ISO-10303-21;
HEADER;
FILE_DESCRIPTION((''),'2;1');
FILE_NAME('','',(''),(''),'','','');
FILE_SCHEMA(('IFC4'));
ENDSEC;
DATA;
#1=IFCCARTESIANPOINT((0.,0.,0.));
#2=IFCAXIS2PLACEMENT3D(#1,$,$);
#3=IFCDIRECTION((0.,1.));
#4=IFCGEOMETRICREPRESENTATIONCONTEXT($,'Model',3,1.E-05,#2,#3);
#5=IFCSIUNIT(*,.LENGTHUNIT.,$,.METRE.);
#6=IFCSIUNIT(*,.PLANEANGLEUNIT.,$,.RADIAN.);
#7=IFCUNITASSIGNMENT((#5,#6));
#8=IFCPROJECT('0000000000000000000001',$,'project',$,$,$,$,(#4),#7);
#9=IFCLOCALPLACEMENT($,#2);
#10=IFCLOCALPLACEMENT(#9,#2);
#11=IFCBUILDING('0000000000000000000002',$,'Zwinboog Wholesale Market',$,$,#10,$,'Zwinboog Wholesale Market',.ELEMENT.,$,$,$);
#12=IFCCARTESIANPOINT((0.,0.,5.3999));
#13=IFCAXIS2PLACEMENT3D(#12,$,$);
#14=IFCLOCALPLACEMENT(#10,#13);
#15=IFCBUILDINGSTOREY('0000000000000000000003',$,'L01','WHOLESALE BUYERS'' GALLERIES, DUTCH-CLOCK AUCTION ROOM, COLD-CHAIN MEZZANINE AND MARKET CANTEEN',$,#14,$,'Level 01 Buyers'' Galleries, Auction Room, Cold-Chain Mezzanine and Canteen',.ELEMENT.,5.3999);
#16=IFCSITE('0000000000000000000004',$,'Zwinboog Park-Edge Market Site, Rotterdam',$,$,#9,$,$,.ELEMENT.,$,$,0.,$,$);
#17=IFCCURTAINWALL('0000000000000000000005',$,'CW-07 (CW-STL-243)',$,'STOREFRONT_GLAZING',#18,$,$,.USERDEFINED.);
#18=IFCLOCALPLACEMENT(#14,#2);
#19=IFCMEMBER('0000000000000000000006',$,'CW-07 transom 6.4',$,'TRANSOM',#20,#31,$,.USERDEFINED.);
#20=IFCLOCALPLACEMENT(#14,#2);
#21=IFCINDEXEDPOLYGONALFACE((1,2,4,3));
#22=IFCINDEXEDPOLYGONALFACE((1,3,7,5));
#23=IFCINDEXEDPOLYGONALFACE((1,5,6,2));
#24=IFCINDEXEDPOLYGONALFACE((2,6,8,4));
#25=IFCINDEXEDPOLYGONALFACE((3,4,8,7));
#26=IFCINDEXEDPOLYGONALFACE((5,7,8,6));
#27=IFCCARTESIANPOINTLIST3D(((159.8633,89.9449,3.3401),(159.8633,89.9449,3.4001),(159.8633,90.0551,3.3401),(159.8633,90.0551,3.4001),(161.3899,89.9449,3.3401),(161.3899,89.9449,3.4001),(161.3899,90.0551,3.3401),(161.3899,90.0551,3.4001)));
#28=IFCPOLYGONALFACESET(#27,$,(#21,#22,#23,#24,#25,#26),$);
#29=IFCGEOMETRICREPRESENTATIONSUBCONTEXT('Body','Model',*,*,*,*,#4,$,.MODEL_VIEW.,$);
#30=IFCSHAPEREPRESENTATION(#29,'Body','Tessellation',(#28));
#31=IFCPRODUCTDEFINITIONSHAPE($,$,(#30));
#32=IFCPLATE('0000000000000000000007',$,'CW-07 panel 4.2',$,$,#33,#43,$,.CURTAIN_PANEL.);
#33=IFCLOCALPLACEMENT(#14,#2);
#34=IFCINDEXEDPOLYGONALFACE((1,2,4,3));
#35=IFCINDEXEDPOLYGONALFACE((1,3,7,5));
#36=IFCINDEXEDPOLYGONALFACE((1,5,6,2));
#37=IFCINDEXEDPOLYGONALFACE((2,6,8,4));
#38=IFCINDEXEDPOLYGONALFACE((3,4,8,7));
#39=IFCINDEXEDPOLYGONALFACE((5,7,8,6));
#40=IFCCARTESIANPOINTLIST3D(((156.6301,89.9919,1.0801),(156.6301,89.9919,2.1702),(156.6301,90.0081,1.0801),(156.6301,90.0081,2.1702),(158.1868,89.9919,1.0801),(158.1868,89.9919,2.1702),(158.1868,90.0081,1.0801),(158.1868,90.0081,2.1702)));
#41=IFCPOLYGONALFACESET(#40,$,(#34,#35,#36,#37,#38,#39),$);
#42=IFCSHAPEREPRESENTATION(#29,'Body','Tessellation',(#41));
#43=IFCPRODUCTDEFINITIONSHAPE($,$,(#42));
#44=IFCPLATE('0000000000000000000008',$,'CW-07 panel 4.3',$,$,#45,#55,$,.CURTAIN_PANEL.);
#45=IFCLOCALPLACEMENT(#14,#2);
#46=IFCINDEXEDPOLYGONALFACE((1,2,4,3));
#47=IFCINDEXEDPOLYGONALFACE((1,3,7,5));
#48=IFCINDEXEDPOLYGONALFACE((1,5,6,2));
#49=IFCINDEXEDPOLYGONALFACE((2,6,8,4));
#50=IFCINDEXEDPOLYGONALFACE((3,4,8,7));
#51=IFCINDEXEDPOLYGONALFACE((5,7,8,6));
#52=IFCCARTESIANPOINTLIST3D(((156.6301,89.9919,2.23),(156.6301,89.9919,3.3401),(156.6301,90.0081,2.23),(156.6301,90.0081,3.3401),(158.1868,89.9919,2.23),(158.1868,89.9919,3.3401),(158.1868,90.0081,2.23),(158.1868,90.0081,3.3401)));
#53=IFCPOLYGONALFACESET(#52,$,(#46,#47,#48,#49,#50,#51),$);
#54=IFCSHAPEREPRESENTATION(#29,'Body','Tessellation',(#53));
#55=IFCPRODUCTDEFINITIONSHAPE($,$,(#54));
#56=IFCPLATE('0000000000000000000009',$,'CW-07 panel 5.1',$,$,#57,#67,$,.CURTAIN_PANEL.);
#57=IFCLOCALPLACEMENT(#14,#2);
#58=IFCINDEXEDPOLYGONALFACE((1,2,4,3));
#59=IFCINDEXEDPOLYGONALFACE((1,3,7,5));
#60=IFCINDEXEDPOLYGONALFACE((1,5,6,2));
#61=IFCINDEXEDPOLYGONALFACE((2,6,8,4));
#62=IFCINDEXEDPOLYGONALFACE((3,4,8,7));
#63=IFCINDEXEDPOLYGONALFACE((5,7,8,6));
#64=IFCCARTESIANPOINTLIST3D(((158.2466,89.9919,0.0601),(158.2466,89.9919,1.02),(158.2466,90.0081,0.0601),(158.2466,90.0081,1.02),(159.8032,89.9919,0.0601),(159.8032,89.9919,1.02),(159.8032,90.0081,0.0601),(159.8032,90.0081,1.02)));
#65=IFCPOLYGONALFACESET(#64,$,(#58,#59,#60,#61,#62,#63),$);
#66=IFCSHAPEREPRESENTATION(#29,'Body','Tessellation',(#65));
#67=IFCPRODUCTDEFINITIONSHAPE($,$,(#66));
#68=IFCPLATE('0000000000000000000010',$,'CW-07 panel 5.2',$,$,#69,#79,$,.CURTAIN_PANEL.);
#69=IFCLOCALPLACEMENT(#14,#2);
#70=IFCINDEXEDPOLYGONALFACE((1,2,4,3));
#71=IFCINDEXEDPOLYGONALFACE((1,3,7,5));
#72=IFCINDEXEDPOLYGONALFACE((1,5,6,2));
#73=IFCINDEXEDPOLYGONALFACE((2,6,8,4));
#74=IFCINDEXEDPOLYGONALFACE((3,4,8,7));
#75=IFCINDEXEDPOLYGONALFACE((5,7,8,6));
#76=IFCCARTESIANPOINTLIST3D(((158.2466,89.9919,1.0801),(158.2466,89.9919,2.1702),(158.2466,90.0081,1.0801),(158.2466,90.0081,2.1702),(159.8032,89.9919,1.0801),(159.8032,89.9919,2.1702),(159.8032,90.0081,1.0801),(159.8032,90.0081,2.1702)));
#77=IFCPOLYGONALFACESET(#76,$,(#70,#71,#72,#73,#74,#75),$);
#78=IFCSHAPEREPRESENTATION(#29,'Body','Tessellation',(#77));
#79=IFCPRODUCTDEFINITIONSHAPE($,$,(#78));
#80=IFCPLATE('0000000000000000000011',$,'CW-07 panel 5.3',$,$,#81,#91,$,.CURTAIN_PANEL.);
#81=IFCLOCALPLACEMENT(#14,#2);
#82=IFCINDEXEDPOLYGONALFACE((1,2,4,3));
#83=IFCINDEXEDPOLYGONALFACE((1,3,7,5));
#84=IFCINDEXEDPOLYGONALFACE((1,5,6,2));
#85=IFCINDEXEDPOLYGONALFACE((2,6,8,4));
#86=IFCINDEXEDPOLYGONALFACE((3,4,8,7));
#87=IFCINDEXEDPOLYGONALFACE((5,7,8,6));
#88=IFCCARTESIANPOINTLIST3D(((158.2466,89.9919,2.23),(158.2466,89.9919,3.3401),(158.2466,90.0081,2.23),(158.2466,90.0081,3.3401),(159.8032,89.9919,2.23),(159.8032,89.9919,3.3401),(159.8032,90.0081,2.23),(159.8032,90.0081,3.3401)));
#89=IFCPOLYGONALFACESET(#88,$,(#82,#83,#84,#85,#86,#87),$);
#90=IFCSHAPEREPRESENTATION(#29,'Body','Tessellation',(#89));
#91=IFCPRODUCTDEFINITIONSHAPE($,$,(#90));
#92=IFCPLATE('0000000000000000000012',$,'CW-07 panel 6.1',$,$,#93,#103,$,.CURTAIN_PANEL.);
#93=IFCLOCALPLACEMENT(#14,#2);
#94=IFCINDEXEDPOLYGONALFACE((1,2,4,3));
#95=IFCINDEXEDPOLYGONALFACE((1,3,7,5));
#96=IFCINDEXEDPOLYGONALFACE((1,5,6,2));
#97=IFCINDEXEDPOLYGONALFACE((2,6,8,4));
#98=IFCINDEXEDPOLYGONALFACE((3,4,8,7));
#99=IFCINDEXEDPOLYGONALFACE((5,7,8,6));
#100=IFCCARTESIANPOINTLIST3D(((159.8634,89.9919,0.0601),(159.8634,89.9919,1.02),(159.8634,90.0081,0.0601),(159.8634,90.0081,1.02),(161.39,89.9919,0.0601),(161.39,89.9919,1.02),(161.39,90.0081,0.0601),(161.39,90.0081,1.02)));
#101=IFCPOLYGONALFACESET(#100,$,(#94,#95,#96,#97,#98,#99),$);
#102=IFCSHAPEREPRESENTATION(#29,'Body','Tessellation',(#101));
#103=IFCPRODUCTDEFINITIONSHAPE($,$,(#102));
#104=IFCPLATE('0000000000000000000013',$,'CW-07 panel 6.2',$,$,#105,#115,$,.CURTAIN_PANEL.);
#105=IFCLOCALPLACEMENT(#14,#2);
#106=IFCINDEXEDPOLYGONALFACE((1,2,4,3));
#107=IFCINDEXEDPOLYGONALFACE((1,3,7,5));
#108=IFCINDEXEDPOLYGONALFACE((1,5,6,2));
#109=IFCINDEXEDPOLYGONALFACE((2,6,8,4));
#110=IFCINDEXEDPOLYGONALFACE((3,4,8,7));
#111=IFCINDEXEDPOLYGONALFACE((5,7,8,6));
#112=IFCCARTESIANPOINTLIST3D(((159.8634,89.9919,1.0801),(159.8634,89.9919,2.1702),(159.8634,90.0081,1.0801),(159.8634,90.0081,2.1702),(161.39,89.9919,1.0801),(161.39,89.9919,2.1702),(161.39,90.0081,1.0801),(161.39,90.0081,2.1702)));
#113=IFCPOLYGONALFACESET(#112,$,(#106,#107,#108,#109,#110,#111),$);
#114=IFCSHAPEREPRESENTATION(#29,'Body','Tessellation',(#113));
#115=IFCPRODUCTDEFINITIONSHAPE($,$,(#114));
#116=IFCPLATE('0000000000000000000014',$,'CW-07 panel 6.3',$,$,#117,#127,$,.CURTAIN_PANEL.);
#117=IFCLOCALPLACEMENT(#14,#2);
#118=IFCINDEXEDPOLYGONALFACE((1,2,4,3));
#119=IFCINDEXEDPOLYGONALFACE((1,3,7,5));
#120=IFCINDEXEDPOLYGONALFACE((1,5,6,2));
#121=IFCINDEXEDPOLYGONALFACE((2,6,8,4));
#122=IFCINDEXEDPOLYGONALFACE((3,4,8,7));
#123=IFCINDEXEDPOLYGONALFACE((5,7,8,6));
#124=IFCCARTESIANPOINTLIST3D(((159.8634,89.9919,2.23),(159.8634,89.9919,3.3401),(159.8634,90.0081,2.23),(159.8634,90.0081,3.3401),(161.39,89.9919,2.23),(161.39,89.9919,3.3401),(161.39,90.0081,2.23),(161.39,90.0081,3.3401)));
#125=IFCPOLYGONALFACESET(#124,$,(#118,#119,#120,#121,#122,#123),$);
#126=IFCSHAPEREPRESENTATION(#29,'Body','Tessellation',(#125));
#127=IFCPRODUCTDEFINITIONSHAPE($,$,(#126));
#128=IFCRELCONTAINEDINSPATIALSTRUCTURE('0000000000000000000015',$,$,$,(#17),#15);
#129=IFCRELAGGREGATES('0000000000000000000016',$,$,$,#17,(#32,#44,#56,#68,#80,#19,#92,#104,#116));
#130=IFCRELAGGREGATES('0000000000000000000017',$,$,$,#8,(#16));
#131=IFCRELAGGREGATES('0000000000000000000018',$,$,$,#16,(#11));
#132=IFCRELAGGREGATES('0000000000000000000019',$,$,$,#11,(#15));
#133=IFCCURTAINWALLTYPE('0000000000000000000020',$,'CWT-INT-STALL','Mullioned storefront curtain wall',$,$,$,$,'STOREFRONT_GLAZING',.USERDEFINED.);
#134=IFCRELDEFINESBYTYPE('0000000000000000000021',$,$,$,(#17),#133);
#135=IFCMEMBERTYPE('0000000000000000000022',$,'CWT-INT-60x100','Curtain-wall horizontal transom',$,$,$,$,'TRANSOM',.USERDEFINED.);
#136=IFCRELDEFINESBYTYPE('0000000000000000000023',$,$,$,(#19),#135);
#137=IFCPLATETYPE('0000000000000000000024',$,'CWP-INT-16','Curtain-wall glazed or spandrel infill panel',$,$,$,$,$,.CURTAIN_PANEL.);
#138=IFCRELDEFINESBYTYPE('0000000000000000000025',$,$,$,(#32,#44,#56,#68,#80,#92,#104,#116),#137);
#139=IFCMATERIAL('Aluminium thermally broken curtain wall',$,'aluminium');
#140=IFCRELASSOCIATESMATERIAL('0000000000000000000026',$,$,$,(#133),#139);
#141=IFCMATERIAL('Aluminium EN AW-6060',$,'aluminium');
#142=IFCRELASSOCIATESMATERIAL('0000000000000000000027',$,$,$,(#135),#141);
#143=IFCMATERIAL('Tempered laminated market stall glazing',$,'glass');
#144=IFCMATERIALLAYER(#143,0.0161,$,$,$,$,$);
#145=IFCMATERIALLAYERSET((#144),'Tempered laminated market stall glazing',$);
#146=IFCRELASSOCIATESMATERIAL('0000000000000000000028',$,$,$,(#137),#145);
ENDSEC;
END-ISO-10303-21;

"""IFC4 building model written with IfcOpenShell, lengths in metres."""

from ifc_helpers import new_model, si_unit, direction, frame, origin, origin_2d, place, context, subcontext, project, spatial, rectangle, extrude, material, layer, layer_set, material_profile, profile_set, type_object, element, aggregate, save


model = new_model("IFC4")

# Units and contexts
model_context = context("Model", 3, precision=1e-05, world=origin(), true_north=direction((0.0, 1.0)))
body_context = subcontext(model_context, "Body", "Model", "MODEL_VIEW")
ifc_project = project(units=[si_unit("LENGTHUNIT", "METRE"), si_unit("PLANEANGLEUNIT", "RADIAN")], contexts=[model_context])

# Site, building, storey
site_placement = place(None, origin())
site = spatial("IfcSite", under=ifc_project, at=site_placement, Name="Zwinboog Park-Edge Market Site, Rotterdam", CompositionType="ELEMENT", RefElevation=0.0)
building_placement = place(site_placement, origin())
building = spatial("IfcBuilding", under=site, at=building_placement, Name="Zwinboog Wholesale Market", LongName="Zwinboog Wholesale Market", CompositionType="ELEMENT")
storey_placement = place(building_placement, frame((0.0, 0.0, 5.3999)))
storey = spatial("IfcBuildingStorey", under=building, at=storey_placement, Name="L01", Description="WHOLESALE BUYERS' GALLERIES, DUTCH-CLOCK AUCTION ROOM, COLD-CHAIN MEZZANINE AND MARKET CANTEEN", LongName="Level 01 Buyers' Galleries, Auction Room, Cold-Chain Mezzanine and Canteen", CompositionType="ELEMENT", Elevation=5.3999)

# Curtain wall
ifc_material_1 = material(Name="Aluminium thermally broken curtain wall", Category="aluminium")
curtain_wall_type = type_object("IfcCurtainWallType", Name="CWT-INT-STALL", Description="Mullioned storefront curtain wall", ElementType="STOREFRONT_GLAZING", PredefinedType="USERDEFINED", material=ifc_material_1)
curtain_wall_1_placement = place(storey_placement, origin())
curtain_wall_1 = element("IfcCurtainWall", 1, at=curtain_wall_1_placement, inside=storey, type_object=curtain_wall_type, Name="CW-07 (CW-STL-243)", ObjectType="STOREFRONT_GLAZING", PredefinedType="USERDEFINED")
ifc_material_2 = material(Name="Aluminium EN AW-6060", Category="aluminium")

# Member
ifc_material_profile_1 = material_profile(ifc_material_2, rectangle(XDim=0.1101, YDim=0.0601, at=origin_2d()), Name="AL 60x110")
ifc_profile_set_1 = profile_set([ifc_material_profile_1], Name="Aluminium EN AW-6060")
member_type_1 = type_object("IfcMemberType", Name="CWT-INT-60x100", Description="Curtain-wall horizontal transom", ElementType="TRANSOM", PredefinedType="USERDEFINED", material=ifc_profile_set_1)
member_1_placement = place(storey_placement, frame((159.8633, 90.0, 3.3701), z_axis=(1.0, 0.0, 0.0), x_axis=(0.0, 1.0, 0.0)))
member_1 = element("IfcMember", 2, at=member_1_placement, type_object=member_type_1, Name="CW-07 transom 6.4", ObjectType="TRANSOM", PredefinedType="USERDEFINED", context=body_context, shape_type="SweptSolid", body=[
    extrude(rectangle(XDim=0.1101, YDim=0.0601, at=origin_2d()), origin(), (0.0, 0.0, 1.0), 1.5266),
])

# Plates
ifc_material_3 = material(Name="Tempered laminated market stall glazing", Category="glass")
ifc_layer = layer(ifc_material_3, 0.0161)
ifc_layer_set = layer_set([ifc_layer], Name="Tempered laminated market stall glazing")
plate_type = type_object("IfcPlateType", Name="CWP-INT-16", Description="Curtain-wall glazed or spandrel infill panel", PredefinedType="CURTAIN_PANEL", material=ifc_layer_set)
plate_1_placement = place(storey_placement, frame((157.4084, 90.0, 1.0801), z_axis=(0.0, 0.0, 1.0), x_axis=(1.0, 0.0, 0.0)))
plate_1 = element("IfcPlate", 3, at=plate_1_placement, type_object=plate_type, Name="CW-07 panel 4.2", PredefinedType="CURTAIN_PANEL", context=body_context, shape_type="SweptSolid", body=[
    extrude(rectangle(XDim=1.5566, YDim=0.0161, at=origin_2d()), origin(), (0.0, 0.0, 1.0), 1.0901),
])
plate_2_placement = place(storey_placement, frame((157.4084, 90.0, 2.23), z_axis=(0.0, 0.0, 1.0), x_axis=(1.0, 0.0, 0.0)))
plate_2 = element("IfcPlate", 4, at=plate_2_placement, type_object=plate_type, Name="CW-07 panel 4.3", PredefinedType="CURTAIN_PANEL", context=body_context, shape_type="SweptSolid", body=[
    extrude(rectangle(XDim=1.5566, YDim=0.0161, at=origin_2d()), origin(), (0.0, 0.0, 1.0), 1.1101),
])
plate_3_placement = place(storey_placement, frame((159.0249, 90.0, 0.0601), z_axis=(0.0, 0.0, 1.0), x_axis=(1.0, 0.0, 0.0)))
plate_3 = element("IfcPlate", 5, at=plate_3_placement, type_object=plate_type, Name="CW-07 panel 5.1", PredefinedType="CURTAIN_PANEL", context=body_context, shape_type="SweptSolid", body=[
    extrude(rectangle(XDim=1.5566, YDim=0.0161, at=origin_2d()), origin(), (0.0, 0.0, 1.0), 0.96),
])
plate_4_placement = place(storey_placement, frame((159.0249, 90.0, 1.0801), z_axis=(0.0, 0.0, 1.0), x_axis=(1.0, 0.0, 0.0)))
plate_4 = element("IfcPlate", 6, at=plate_4_placement, type_object=plate_type, Name="CW-07 panel 5.2", PredefinedType="CURTAIN_PANEL", context=body_context, shape_type="SweptSolid", body=[
    extrude(rectangle(XDim=1.5566, YDim=0.0161, at=origin_2d()), origin(), (0.0, 0.0, 1.0), 1.0901),
])
plate_5_placement = place(storey_placement, frame((159.0249, 90.0, 2.23), z_axis=(0.0, 0.0, 1.0), x_axis=(1.0, 0.0, 0.0)))
plate_5 = element("IfcPlate", 7, at=plate_5_placement, type_object=plate_type, Name="CW-07 panel 5.3", PredefinedType="CURTAIN_PANEL", context=body_context, shape_type="SweptSolid", body=[
    extrude(rectangle(XDim=1.5566, YDim=0.0161, at=origin_2d()), origin(), (0.0, 0.0, 1.0), 1.1101),
])
plate_6_placement = place(storey_placement, frame((160.6267, 90.0, 0.0601), z_axis=(0.0, 0.0, 1.0), x_axis=(1.0, 0.0, 0.0)))
plate_6 = element("IfcPlate", 8, at=plate_6_placement, type_object=plate_type, Name="CW-07 panel 6.1", PredefinedType="CURTAIN_PANEL", context=body_context, shape_type="SweptSolid", body=[
    extrude(rectangle(XDim=1.5266, YDim=0.0161, at=origin_2d()), origin(), (0.0, 0.0, 1.0), 0.96),
])
plate_7_placement = place(storey_placement, frame((160.6267, 90.0, 1.0801), z_axis=(0.0, 0.0, 1.0), x_axis=(1.0, 0.0, 0.0)))
plate_7 = element("IfcPlate", 9, at=plate_7_placement, type_object=plate_type, Name="CW-07 panel 6.2", PredefinedType="CURTAIN_PANEL", context=body_context, shape_type="SweptSolid", body=[
    extrude(rectangle(XDim=1.5266, YDim=0.0161, at=origin_2d()), origin(), (0.0, 0.0, 1.0), 1.0901),
])
plate_8_placement = place(storey_placement, frame((160.6267, 90.0, 2.23), z_axis=(0.0, 0.0, 1.0), x_axis=(1.0, 0.0, 0.0)))
plate_8 = element("IfcPlate", 10, at=plate_8_placement, type_object=plate_type, Name="CW-07 panel 6.3", PredefinedType="CURTAIN_PANEL", context=body_context, shape_type="SweptSolid", body=[
    extrude(rectangle(XDim=1.5266, YDim=0.0161, at=origin_2d()), origin(), (0.0, 0.0, 1.0), 1.1101),
])
aggregate(curtain_wall_1, [plate_1, plate_2, plate_3, plate_4, plate_5, member_1, plate_6, plate_7, plate_8])

save(model, "model.ifc")
